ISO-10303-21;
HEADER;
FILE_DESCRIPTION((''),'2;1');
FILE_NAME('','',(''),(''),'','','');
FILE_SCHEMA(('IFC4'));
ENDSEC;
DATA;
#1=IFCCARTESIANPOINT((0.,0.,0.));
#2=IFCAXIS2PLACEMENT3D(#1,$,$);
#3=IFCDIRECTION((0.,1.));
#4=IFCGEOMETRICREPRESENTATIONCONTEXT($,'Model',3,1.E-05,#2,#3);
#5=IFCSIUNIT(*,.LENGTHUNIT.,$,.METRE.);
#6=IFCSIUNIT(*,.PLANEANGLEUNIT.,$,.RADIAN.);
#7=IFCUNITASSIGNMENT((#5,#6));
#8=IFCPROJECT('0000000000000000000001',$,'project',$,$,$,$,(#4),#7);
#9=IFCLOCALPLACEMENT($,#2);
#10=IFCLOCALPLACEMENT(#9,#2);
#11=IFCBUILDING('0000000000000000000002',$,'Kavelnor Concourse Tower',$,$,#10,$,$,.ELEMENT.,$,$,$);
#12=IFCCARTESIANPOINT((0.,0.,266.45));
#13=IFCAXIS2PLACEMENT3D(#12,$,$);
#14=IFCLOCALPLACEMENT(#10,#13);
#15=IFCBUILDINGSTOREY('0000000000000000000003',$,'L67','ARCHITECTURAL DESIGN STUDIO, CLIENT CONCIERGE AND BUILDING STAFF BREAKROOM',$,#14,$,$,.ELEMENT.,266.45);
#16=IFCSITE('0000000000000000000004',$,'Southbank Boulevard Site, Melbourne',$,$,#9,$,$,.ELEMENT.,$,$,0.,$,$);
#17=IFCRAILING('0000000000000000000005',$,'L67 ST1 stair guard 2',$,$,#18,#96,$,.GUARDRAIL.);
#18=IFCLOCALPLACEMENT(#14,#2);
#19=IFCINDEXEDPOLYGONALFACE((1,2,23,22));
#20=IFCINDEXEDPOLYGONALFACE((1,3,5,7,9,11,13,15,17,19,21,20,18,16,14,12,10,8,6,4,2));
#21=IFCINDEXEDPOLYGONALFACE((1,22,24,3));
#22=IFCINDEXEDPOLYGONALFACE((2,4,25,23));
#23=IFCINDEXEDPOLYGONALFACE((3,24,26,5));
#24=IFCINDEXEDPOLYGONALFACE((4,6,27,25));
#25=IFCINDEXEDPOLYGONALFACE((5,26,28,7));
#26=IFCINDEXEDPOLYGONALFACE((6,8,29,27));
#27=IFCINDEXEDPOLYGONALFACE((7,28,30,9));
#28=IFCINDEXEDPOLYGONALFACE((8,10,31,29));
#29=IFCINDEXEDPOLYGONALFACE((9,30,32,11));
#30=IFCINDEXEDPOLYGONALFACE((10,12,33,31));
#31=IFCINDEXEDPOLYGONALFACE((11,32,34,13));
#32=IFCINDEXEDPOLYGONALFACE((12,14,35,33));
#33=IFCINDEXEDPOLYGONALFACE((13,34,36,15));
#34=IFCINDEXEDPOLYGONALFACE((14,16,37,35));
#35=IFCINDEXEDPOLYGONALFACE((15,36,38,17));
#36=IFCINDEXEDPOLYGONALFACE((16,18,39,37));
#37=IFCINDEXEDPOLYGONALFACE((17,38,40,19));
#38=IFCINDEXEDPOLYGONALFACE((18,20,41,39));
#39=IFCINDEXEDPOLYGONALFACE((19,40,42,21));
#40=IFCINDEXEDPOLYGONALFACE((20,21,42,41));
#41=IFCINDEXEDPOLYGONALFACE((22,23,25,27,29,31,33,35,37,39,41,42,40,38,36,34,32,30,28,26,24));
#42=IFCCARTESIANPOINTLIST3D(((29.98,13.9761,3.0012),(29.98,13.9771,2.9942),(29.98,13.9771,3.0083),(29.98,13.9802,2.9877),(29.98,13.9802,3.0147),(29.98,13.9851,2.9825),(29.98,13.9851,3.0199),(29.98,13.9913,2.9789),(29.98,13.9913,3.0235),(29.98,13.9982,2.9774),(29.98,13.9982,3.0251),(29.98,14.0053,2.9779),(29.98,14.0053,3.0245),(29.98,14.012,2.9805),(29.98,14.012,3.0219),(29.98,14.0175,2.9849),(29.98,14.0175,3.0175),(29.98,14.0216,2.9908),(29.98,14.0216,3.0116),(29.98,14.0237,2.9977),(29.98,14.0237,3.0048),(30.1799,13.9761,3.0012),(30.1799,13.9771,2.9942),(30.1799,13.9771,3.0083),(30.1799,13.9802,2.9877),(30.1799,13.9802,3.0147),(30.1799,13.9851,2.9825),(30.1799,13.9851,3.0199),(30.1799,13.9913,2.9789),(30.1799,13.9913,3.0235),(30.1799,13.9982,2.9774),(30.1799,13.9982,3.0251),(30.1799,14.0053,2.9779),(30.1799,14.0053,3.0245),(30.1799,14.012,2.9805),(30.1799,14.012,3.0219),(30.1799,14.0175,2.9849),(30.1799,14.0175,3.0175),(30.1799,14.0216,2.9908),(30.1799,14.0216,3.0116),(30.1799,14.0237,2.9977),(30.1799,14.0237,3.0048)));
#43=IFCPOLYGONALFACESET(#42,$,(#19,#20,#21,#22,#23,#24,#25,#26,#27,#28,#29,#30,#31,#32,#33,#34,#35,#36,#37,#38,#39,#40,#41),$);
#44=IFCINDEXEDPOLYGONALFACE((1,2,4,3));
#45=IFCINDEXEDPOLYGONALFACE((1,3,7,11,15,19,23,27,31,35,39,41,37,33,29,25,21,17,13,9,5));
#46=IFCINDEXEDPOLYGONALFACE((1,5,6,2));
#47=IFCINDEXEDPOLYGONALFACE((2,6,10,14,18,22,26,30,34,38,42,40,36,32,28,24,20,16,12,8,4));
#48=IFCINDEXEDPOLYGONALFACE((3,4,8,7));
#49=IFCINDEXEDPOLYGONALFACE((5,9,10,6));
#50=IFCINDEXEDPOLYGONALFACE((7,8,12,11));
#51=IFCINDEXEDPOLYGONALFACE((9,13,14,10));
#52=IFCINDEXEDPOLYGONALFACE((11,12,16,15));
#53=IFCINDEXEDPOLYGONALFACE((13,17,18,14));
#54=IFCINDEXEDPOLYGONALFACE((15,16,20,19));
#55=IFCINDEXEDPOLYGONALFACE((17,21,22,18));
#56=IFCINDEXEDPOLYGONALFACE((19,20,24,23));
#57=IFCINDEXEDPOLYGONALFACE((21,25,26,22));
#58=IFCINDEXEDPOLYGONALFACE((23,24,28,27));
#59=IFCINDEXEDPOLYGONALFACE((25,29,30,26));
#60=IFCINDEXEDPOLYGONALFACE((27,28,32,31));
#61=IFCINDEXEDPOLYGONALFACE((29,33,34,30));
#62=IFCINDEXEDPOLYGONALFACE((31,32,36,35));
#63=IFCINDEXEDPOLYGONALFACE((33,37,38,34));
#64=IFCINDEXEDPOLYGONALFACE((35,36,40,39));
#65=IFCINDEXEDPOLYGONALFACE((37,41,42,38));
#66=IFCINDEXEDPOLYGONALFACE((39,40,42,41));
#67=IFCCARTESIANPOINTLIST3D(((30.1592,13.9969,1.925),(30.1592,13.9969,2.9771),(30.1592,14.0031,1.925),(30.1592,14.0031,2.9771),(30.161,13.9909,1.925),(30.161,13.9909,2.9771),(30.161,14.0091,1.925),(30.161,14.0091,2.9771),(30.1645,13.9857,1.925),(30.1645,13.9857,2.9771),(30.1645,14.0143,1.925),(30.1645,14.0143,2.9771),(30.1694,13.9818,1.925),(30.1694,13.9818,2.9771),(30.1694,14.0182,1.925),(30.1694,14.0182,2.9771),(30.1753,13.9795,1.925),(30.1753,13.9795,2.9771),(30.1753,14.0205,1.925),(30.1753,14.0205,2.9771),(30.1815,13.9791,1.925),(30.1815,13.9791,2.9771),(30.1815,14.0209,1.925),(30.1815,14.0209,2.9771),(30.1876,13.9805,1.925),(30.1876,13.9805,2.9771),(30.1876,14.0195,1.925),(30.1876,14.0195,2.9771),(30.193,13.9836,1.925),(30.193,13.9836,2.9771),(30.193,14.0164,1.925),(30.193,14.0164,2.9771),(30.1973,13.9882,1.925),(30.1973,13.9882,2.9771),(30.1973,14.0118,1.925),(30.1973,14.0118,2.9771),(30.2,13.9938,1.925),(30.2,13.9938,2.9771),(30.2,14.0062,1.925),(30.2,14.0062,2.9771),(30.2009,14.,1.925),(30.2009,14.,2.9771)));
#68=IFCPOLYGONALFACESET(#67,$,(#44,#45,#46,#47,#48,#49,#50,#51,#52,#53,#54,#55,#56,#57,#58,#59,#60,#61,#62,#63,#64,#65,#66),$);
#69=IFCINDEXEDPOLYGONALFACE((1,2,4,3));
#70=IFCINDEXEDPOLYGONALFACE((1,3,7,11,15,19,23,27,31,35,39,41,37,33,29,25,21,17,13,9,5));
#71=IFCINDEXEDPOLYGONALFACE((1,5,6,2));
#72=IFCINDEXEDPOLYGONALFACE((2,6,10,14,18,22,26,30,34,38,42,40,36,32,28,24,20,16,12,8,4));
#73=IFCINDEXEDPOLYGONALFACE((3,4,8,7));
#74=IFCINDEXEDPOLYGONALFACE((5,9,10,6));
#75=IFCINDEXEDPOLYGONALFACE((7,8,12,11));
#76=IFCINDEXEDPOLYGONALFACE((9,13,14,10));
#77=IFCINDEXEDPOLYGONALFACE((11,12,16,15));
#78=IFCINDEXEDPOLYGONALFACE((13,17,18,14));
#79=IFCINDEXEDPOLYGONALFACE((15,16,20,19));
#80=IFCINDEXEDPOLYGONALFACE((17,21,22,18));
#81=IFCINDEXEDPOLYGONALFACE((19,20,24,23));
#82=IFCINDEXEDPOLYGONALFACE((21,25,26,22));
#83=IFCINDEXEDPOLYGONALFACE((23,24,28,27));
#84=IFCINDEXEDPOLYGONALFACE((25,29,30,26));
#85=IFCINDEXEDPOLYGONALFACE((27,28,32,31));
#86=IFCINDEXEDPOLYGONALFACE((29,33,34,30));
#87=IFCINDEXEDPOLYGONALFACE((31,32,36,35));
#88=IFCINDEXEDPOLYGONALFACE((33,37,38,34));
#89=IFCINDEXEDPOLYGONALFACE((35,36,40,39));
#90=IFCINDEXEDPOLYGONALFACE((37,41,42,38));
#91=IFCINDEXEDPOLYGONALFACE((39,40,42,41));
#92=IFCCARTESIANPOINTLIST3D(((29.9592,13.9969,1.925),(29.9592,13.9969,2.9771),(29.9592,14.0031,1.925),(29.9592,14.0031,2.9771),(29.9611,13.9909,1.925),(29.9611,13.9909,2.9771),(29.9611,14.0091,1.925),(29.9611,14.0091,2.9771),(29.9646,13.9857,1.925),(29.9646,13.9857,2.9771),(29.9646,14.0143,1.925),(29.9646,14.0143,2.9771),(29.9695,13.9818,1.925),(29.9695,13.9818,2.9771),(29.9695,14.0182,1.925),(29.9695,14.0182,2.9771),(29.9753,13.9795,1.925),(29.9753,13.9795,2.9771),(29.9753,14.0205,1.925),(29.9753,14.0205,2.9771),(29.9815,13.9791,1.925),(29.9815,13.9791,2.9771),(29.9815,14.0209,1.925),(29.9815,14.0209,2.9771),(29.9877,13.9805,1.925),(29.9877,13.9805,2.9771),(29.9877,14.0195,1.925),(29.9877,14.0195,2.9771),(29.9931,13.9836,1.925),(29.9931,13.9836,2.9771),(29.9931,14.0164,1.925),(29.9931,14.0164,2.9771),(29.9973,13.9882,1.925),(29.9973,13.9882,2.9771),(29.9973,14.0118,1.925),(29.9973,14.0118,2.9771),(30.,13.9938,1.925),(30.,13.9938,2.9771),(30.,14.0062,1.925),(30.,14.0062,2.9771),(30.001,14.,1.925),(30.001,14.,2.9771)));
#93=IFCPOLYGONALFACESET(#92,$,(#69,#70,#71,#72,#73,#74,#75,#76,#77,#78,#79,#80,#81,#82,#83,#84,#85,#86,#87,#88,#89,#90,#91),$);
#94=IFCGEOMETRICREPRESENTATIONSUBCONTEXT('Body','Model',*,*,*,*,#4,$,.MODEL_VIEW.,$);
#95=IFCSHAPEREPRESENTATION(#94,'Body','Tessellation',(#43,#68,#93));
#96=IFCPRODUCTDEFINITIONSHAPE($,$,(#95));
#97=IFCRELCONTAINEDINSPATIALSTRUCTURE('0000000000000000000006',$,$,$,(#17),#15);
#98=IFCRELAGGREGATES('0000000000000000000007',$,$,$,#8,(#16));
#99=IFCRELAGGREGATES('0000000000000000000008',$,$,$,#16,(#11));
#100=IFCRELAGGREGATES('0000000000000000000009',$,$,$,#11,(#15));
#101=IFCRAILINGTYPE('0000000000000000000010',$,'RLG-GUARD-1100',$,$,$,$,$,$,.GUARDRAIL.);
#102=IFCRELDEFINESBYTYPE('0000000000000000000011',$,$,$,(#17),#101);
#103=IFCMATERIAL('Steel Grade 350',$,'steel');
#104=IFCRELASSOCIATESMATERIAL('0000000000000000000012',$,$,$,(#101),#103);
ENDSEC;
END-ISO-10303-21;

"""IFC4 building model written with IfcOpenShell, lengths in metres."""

from ifc_helpers import new_model, si_unit, direction, frame, origin, origin_2d, place, context, subcontext, project, spatial, circle, extrude, material, type_object, element, save


model = new_model("IFC4")

# Units and contexts
model_context = context("Model", 3, precision=1e-05, world=origin(), true_north=direction((0.0, 1.0)))
body_context = subcontext(model_context, "Body", "Model", "MODEL_VIEW")
ifc_project = project(units=[si_unit("LENGTHUNIT", "METRE"), si_unit("PLANEANGLEUNIT", "RADIAN")], contexts=[model_context])

# Site, building, storey
site_placement = place(None, origin())
site = spatial("IfcSite", under=ifc_project, at=site_placement, Name="Southbank Boulevard Site, Melbourne", CompositionType="ELEMENT", RefElevation=0.0)
building_placement = place(site_placement, origin())
building = spatial("IfcBuilding", under=site, at=building_placement, Name="Kavelnor Concourse Tower", CompositionType="ELEMENT")
storey_placement = place(building_placement, frame((0.0, 0.0, 266.45)))
storey = spatial("IfcBuildingStorey", under=building, at=storey_placement, Name="L67", Description="ARCHITECTURAL DESIGN STUDIO, CLIENT CONCIERGE AND BUILDING STAFF BREAKROOM", CompositionType="ELEMENT", Elevation=266.45)

# Shared definitions
ifc_material_1 = material(Name="Steel Grade 350", Category="steel")

# Railing
railing_type_1 = type_object("IfcRailingType", Name="RLG-GUARD-1100", PredefinedType="GUARDRAIL", material=ifc_material_1)
railing_1_placement = place(storey_placement, frame((30.1799, 14.0, 1.925)))
element("IfcRailing", 1, at=railing_1_placement, inside=storey, type_object=railing_type_1, Name="L67 ST1 stair guard 2", PredefinedType="GUARDRAIL", context=body_context, shape_type="SweptSolid", body=[
    extrude(circle(Radius=0.0239, at=origin_2d()), frame((0.0, 0.0, 1.0762), z_axis=(-1.0, 0.0, 0.0), x_axis=(0.0, -1.0, 0.0)), (0.0, 0.0, 1.0), 0.2),
    extrude(circle(Radius=0.021, at=origin_2d()), origin(), (0.0, 0.0, 1.0), 1.052),
    extrude(circle(Radius=0.021, at=origin_2d()), frame((-0.2, 0.0, 0.0)), (0.0, 0.0, 1.0), 1.052),
])

save(model, "model.ifc")
